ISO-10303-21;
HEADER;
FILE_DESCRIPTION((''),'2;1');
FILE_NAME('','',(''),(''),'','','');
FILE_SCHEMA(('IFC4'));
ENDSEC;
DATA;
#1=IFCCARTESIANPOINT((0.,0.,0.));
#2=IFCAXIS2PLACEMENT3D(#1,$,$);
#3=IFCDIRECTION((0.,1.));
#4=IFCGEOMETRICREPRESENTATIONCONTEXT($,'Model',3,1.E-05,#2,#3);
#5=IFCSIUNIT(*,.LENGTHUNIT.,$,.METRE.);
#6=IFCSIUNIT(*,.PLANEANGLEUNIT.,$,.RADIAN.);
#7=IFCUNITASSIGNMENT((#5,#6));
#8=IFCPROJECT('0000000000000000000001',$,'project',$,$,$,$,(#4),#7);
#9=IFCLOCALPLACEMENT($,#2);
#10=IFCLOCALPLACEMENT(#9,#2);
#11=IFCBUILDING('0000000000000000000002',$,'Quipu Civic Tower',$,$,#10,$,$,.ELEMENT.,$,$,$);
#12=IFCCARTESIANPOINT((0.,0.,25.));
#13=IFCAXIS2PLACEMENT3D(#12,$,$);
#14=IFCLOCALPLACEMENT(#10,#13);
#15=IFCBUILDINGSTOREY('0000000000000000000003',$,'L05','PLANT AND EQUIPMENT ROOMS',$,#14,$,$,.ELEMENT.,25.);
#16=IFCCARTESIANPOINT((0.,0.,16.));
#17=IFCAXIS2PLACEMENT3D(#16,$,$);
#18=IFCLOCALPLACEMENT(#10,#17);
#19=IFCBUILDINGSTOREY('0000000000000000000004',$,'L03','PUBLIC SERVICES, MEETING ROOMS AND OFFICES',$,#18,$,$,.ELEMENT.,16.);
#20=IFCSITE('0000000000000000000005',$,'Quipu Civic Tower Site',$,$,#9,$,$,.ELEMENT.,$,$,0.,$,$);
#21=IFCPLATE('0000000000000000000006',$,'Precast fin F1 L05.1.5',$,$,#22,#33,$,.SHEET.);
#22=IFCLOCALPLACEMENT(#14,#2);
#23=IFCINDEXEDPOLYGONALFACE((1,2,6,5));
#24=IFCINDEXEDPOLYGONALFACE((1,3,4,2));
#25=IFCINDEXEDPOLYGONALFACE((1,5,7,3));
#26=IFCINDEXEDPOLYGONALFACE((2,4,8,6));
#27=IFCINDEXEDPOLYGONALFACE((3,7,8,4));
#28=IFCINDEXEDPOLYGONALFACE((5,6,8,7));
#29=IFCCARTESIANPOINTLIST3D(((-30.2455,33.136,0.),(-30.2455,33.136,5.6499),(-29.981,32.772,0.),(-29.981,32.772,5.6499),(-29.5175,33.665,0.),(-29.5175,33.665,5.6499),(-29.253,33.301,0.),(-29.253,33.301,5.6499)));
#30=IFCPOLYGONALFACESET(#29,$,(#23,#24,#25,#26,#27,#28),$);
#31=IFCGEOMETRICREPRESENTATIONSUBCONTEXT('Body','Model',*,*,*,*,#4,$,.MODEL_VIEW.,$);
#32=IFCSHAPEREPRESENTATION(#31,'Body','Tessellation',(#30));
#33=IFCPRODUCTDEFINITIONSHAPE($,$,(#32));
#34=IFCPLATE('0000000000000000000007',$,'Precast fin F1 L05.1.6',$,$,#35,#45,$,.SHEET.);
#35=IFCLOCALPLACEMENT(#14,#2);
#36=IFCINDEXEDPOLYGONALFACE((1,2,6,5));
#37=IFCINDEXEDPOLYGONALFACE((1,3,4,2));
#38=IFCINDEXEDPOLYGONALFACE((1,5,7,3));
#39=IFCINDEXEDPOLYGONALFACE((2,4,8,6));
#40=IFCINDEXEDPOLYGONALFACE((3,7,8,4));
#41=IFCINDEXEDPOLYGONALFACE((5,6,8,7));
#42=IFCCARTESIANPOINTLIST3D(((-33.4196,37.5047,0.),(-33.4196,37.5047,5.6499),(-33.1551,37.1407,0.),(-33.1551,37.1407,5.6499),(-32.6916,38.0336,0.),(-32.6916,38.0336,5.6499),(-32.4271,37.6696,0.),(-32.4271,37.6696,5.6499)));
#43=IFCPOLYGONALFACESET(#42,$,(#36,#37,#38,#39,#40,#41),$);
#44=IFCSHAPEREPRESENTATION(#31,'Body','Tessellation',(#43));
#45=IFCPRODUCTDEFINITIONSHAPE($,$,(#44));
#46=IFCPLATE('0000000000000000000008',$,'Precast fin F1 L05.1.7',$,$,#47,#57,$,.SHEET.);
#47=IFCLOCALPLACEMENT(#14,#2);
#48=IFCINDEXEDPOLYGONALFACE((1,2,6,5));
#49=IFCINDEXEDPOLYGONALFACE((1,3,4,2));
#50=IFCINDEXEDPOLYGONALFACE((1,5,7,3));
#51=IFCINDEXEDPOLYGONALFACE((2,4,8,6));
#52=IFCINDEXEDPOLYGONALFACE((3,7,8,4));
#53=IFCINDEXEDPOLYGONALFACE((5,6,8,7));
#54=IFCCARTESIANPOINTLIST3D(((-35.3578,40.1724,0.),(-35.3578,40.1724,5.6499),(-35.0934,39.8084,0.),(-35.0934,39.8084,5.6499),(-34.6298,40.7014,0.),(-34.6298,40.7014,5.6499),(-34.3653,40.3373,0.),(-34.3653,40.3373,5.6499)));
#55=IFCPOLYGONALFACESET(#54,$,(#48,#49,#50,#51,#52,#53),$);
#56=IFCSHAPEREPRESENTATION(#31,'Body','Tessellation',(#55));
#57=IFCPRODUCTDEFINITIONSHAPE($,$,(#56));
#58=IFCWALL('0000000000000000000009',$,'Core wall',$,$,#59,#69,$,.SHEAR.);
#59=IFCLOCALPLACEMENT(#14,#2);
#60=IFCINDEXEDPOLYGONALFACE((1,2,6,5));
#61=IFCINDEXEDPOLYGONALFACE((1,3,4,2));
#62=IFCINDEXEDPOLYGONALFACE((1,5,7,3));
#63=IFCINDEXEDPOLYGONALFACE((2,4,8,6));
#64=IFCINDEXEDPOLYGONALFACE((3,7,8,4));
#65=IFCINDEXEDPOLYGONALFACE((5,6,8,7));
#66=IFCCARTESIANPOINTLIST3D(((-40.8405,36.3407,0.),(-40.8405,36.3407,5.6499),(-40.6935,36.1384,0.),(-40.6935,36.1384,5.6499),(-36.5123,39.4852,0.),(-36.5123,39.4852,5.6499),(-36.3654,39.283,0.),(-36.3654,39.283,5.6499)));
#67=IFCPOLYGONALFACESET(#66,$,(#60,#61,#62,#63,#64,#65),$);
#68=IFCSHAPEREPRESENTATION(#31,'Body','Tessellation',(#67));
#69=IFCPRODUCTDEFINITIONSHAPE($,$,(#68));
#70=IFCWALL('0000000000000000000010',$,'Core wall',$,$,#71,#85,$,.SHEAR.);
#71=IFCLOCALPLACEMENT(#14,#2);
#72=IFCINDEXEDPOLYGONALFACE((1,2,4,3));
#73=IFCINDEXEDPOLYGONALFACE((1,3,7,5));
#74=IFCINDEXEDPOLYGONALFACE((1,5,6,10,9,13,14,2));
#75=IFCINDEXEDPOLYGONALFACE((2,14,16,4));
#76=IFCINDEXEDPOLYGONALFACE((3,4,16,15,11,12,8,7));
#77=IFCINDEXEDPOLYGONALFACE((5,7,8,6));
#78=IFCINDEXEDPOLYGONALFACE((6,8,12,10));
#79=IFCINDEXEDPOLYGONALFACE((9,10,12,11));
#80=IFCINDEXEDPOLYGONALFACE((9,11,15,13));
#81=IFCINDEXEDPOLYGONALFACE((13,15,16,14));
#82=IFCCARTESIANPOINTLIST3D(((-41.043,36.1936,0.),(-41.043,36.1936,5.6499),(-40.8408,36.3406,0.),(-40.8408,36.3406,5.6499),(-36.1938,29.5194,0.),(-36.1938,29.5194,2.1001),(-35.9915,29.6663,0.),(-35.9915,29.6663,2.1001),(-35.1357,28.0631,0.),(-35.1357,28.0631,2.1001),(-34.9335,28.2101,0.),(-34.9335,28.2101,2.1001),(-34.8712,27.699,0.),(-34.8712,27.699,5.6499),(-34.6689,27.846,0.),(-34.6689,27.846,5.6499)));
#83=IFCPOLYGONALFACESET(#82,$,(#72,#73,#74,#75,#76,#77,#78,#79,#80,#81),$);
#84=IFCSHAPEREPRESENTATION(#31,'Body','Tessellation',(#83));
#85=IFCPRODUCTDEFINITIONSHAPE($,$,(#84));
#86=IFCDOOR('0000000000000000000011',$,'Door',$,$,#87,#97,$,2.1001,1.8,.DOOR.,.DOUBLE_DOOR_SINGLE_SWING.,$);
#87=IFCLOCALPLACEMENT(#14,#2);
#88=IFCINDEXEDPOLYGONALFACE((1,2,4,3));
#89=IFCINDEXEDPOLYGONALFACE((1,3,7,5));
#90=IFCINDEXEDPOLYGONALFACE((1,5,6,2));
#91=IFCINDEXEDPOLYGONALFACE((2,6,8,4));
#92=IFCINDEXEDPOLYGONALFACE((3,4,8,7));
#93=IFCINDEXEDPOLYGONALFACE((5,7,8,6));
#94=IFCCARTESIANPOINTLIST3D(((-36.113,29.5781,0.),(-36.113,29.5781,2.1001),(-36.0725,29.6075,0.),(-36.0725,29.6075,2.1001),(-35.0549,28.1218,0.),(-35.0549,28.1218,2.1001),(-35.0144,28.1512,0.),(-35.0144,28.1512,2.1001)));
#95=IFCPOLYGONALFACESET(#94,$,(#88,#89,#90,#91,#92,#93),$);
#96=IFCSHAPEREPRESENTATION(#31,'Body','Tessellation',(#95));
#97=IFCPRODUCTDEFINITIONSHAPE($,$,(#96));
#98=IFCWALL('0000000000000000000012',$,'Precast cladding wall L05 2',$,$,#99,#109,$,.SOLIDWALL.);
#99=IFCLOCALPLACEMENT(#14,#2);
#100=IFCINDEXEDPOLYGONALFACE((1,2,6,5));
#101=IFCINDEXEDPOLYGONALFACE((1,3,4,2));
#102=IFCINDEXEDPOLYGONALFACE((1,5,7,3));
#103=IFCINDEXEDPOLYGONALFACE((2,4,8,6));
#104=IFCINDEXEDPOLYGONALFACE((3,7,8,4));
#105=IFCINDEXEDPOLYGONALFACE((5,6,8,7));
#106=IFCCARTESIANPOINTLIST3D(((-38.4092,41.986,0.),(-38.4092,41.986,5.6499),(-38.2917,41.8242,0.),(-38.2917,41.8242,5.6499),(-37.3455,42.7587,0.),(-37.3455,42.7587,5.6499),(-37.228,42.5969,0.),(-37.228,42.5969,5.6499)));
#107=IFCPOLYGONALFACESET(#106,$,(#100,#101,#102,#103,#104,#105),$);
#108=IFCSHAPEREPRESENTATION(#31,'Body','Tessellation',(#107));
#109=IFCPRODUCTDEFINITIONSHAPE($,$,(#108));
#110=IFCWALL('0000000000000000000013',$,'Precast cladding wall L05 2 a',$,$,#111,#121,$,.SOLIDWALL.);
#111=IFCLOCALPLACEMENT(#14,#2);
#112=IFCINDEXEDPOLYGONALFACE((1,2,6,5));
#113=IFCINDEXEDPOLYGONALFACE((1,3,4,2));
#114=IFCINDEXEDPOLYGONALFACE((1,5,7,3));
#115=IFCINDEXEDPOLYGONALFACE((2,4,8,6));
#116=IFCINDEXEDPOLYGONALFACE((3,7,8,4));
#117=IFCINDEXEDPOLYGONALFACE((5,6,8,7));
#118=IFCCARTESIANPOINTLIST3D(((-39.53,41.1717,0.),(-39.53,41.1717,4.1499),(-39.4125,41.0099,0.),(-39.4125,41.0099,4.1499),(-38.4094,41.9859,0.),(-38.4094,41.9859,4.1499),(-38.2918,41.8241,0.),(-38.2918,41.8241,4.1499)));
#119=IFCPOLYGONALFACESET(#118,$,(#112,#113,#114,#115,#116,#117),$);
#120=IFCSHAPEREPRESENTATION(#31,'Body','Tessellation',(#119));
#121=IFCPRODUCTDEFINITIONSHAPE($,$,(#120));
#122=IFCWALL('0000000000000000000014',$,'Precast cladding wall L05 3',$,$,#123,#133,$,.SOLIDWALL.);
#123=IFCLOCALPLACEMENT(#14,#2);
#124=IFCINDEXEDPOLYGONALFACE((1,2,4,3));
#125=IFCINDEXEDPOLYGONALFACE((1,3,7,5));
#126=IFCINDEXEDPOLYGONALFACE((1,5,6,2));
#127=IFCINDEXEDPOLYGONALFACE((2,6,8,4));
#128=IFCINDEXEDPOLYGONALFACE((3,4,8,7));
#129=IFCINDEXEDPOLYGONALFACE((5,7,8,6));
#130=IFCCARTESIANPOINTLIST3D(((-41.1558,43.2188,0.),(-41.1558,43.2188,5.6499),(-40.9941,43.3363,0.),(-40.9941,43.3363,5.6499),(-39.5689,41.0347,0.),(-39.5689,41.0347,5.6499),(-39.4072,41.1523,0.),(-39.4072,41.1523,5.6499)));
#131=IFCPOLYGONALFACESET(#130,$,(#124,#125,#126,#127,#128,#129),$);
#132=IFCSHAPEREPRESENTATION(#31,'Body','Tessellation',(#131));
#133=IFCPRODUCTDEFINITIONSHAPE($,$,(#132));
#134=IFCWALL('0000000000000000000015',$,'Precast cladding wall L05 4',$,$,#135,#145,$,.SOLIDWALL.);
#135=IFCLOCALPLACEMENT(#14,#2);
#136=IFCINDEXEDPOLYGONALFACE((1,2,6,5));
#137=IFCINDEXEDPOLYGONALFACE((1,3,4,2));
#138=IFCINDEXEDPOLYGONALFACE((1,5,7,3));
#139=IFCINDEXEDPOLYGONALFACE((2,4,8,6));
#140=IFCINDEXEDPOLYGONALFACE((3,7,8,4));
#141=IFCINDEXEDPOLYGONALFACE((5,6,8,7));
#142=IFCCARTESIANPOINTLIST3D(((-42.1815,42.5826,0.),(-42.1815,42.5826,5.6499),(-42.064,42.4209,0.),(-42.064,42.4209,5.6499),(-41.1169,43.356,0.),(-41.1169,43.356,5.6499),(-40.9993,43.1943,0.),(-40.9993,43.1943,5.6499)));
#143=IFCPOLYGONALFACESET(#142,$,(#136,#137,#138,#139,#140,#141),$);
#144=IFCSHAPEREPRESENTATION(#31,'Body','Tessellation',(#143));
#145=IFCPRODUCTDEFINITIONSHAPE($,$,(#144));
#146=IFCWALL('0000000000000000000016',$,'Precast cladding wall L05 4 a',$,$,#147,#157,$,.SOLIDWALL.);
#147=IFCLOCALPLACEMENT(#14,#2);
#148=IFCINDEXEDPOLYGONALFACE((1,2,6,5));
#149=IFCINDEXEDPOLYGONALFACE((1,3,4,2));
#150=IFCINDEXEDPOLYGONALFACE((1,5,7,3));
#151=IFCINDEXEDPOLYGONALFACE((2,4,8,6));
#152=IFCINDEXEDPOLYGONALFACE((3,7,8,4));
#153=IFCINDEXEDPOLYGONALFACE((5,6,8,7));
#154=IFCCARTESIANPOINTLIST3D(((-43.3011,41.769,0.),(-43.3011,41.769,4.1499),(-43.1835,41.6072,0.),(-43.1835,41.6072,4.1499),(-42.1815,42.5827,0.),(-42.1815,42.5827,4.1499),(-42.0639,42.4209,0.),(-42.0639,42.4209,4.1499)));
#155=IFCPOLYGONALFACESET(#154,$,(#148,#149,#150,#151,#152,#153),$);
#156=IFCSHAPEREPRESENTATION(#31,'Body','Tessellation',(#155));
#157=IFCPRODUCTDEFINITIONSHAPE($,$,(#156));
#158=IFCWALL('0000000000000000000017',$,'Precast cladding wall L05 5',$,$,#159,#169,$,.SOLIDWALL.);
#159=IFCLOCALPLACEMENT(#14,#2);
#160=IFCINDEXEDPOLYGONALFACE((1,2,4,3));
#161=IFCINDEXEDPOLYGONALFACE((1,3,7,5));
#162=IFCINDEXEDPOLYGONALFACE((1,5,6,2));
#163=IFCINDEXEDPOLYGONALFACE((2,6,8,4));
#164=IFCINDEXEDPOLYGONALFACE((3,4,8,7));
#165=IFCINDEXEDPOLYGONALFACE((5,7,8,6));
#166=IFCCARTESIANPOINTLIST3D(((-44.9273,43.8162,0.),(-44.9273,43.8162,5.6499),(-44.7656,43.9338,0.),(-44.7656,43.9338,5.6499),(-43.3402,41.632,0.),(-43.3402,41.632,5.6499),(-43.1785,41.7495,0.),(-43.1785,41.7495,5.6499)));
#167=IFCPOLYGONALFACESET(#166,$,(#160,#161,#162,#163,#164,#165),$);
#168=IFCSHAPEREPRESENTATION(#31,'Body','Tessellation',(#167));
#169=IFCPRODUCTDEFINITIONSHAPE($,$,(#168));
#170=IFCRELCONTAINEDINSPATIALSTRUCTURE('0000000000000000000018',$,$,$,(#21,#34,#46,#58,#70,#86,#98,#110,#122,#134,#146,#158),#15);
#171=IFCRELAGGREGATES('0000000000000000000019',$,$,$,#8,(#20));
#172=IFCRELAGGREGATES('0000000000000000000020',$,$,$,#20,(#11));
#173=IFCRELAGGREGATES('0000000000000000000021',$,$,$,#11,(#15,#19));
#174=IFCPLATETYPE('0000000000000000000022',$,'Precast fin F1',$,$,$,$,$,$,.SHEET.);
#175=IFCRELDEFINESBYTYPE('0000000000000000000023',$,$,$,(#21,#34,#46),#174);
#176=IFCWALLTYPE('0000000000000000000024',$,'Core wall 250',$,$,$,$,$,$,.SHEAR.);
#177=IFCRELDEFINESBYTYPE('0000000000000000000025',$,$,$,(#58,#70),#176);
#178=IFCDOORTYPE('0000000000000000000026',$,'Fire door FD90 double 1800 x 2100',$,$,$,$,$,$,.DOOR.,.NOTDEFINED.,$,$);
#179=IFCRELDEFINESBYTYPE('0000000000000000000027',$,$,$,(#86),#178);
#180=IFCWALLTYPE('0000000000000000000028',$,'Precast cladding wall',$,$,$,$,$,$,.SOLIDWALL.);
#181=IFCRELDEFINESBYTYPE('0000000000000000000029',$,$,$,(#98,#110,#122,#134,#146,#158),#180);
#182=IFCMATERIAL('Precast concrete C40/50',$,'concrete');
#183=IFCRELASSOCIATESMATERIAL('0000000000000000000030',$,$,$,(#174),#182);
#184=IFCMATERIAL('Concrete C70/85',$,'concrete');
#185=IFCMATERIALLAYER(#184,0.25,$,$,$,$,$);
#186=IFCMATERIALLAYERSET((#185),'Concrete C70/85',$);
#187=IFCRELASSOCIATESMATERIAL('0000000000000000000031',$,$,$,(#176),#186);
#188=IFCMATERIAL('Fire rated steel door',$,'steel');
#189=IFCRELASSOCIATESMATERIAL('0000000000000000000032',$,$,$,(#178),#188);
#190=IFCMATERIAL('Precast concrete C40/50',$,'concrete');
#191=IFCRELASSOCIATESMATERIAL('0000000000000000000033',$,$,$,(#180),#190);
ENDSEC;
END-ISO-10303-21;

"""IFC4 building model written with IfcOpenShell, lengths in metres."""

from ifc_helpers import new_model, si_unit, direction, frame, frame_2d, origin, origin_2d, place, context, subcontext, project, spatial, rectangle, extrude, material, layer, layer_set, type_object, element, fill, save


model = new_model("IFC4")

# Units and contexts
model_context = context("Model", 3, precision=1e-05, world=origin(), true_north=direction((0.0, 1.0)))
body_context = subcontext(model_context, "Body", "Model", "MODEL_VIEW")
ifc_project = project(units=[si_unit("LENGTHUNIT", "METRE"), si_unit("PLANEANGLEUNIT", "RADIAN")], contexts=[model_context])

# Site, building, storey
site_placement = place(None, origin())
site = spatial("IfcSite", under=ifc_project, at=site_placement, Name="Quipu Civic Tower Site", CompositionType="ELEMENT", RefElevation=0.0)
building_placement = place(site_placement, origin())
building = spatial("IfcBuilding", under=site, at=building_placement, Name="Quipu Civic Tower", CompositionType="ELEMENT")
storey_1_placement = place(building_placement, frame((0.0, 0.0, 25.0)))
storey_1 = spatial("IfcBuildingStorey", under=building, at=storey_1_placement, Name="L05", Description="PLANT AND EQUIPMENT ROOMS", CompositionType="ELEMENT", Elevation=25.0)

# Shared definitions
storey_2_placement = place(building_placement, frame((0.0, 0.0, 16.0)))
storey_2 = spatial("IfcBuildingStorey", under=building, at=storey_2_placement, Name="L03", Description="PUBLIC SERVICES, MEETING ROOMS AND OFFICES", CompositionType="ELEMENT", Elevation=16.0)

# Plates
ifc_material_1 = material(Name="Precast concrete C40/50", Category="concrete")
plate_type = type_object("IfcPlateType", Name="Precast fin F1", PredefinedType="SHEET", material=ifc_material_1)
for number, where, z_axis, x_axis, name in (
    (1, (-29.7493, 33.2185, 0.0), (0.0, 0.0, 1.0), (-0.587785, 0.809017, 0.0), "Precast fin F1 L05.1.5"),
    (2, (-32.9233, 37.5872, 0.0), (0.0, 0.0, 1.0), (-0.587785, 0.809017, 0.0), "Precast fin F1 L05.1.6"),
    (3, (-34.8616, 40.2549, 0.0), (0.0, 0.0, 1.0), (-0.587785, 0.809017, 0.0), "Precast fin F1 L05.1.7"),
):
    element("IfcPlate", number, at=place(storey_1_placement, frame(where, z_axis=z_axis, x_axis=x_axis)), inside=storey_1, type_object=plate_type, Name=name, PredefinedType="SHEET", context=body_context, shape_type="SweptSolid", body=[
        extrude(rectangle(XDim=0.45, YDim=0.8999, at=origin_2d()), origin(), (0.0, 0.0, 1.0), 5.6499),
    ])

# Wall
ifc_material_2 = material(Name="Concrete C70/85", Category="concrete")
ifc_layer = layer(ifc_material_2, 0.25)
ifc_layer_set = layer_set([ifc_layer], Name="Concrete C70/85")
wall_type_1 = type_object("IfcWallType", Name="Core wall 250", PredefinedType="SHEAR", material=ifc_layer_set)
wall_1_placement = place(storey_1_placement, frame((-36.439, 39.384, 0.0), z_axis=(0.0, 0.0, 1.0), x_axis=(-0.80902, -0.587781, 0.0)))
element("IfcWall", 4, at=wall_1_placement, inside=storey_1, type_object=wall_type_1, Name="Core wall", PredefinedType="SHEAR", context=body_context, shape_type="SweptSolid", body=[
    extrude(rectangle(XDim=5.3499, YDim=0.25, at=frame_2d((2.6748, 0.0))), origin(), (0.0, 0.0, 1.0), 5.6499),
])

# Wall, opening, door
wall_2_placement = place(storey_1_placement, frame((-40.9419, 36.2671, 0.0), z_axis=(0.0, 0.0, 1.0), x_axis=(0.587796, -0.809009, 0.0)))
wall_2 = element("IfcWall", 5, at=wall_2_placement, inside=storey_1, type_object=wall_type_1, Name="Core wall", PredefinedType="SHEAR", context=body_context, shape_type="SweptSolid", body=[
    extrude(rectangle(XDim=10.5, YDim=0.25, at=frame_2d((5.25, 0.0))), origin(), (0.0, 0.0, 1.0), 5.6499),
])
opening_placement = place(wall_2_placement, frame((8.25, 0.0, 0.0)))
opening = element("IfcOpeningElement", 6, at=opening_placement, cuts=wall_2, PredefinedType="OPENING", context=body_context, shape_type="SweptSolid", body=[
    extrude(rectangle(XDim=1.8, YDim=2.1001, at=frame_2d((0.8999, 1.05))), frame((0.0, 0.135, 0.0), z_axis=(0.0, -1.0, 0.0), x_axis=(1.0, 0.0, 0.0)), (0.0, 0.0, 1.0), 0.27),
])
ifc_material_3 = material(Name="Fire rated steel door", Category="steel")
door_type = type_object("IfcDoorType", Name="Fire door FD90 double 1800 x 2100", OperationType="NOTDEFINED", PredefinedType="DOOR", material=ifc_material_3)
door_placement = place(opening_placement, origin())
door = element("IfcDoor", 7, at=door_placement, inside=storey_1, type_object=door_type, Name="Door", OperationType="DOUBLE_DOOR_SINGLE_SWING", OverallHeight=2.1001, OverallWidth=1.8, PredefinedType="DOOR", context=body_context, shape_type="SweptSolid", body=[
    extrude(rectangle(XDim=1.8, YDim=2.1001, at=frame_2d((0.8999, 1.05))), frame((0.0, 0.0249, 0.0), z_axis=(0.0, -1.0, 0.0), x_axis=(1.0, 0.0, 0.0)), (0.0, 0.0, 1.0), 0.05),
])
fill(opening, door)

# Walls
ifc_material_4 = material(Name="Precast concrete C40/50", Category="concrete")
wall_type_2 = type_object("IfcWallType", Name="Precast cladding wall", PredefinedType="SOLIDWALL", material=ifc_material_4)
wall_3_placement = place(storey_1_placement, frame((-37.2869, 42.6777, 0.0), z_axis=(0.0, 0.0, 1.0), x_axis=(-0.809065, -0.587719, 0.0)))
element("IfcWall", 8, at=wall_3_placement, inside=storey_1, type_object=wall_type_2, Name="Precast cladding wall L05 2", PredefinedType="SOLIDWALL", context=body_context, shape_type="SweptSolid", body=[
    extrude(rectangle(XDim=1.3147, YDim=0.2, at=frame_2d((0.6572, 0.0))), origin(), (0.0, 0.0, 1.0), 5.6499),
])
wall_4_placement = place(storey_1_placement, frame((-38.3506, 41.905, 0.0), z_axis=(0.0, 0.0, 1.0), x_axis=(-0.809003, -0.587805, 0.0)))
element("IfcWall", 9, at=wall_4_placement, inside=storey_1, type_object=wall_type_2, Name="Precast cladding wall L05 2 a", PredefinedType="SOLIDWALL", context=body_context, shape_type="SweptSolid", body=[
    extrude(rectangle(XDim=1.3853, YDim=0.2, at=frame_2d((0.6926, 0.0))), origin(), (0.0, 0.0, 1.0), 4.1499),
])
wall_5_placement = place(storey_1_placement, frame((-39.488, 41.0935, 0.0), z_axis=(0.0, 0.0, 1.0), x_axis=(-0.587806, 0.809002, 0.0)))
element("IfcWall", 10, at=wall_5_placement, inside=storey_1, type_object=wall_type_2, Name="Precast cladding wall L05 3", PredefinedType="SOLIDWALL", context=body_context, shape_type="SweptSolid", body=[
    extrude(rectangle(XDim=2.6997, YDim=0.2, at=frame_2d((1.3499, 0.0))), origin(), (0.0, 0.0, 1.0), 5.6499),
])
wall_6_placement = place(storey_1_placement, frame((-41.0581, 43.2751, 0.0), z_axis=(0.0, 0.0, 1.0), x_axis=(-0.809057, -0.58773, 0.0)))
element("IfcWall", 11, at=wall_6_placement, inside=storey_1, type_object=wall_type_2, Name="Precast cladding wall L05 4", PredefinedType="SOLIDWALL", context=body_context, shape_type="SweptSolid", body=[
    extrude(rectangle(XDim=1.3159, YDim=0.2, at=frame_2d((0.658, 0.0))), origin(), (0.0, 0.0, 1.0), 5.6499),
])
wall_7_placement = place(storey_1_placement, frame((-42.1228, 42.5017, 0.0), z_axis=(0.0, 0.0, 1.0), x_axis=(-0.808927, -0.587909, 0.0)))
element("IfcWall", 12, at=wall_7_placement, inside=storey_1, type_object=wall_type_2, Name="Precast cladding wall L05 4 a", PredefinedType="SOLIDWALL", context=body_context, shape_type="SweptSolid", body=[
    extrude(rectangle(XDim=1.384, YDim=0.2, at=frame_2d((0.6919, 0.0))), origin(), (0.0, 0.0, 1.0), 4.1499),
])
wall_8_placement = place(storey_1_placement, frame((-43.2593, 41.6907, 0.0), z_axis=(0.0, 0.0, 1.0), x_axis=(-0.587822, 0.80899, 0.0)))
element("IfcWall", 13, at=wall_8_placement, inside=storey_1, type_object=wall_type_2, Name="Precast cladding wall L05 5", PredefinedType="SOLIDWALL", context=body_context, shape_type="SweptSolid", body=[
    extrude(rectangle(XDim=2.7, YDim=0.2, at=frame_2d((1.3501, 0.0))), origin(), (0.0, 0.0, 1.0), 5.6499),
])

save(model, "model.ifc")
